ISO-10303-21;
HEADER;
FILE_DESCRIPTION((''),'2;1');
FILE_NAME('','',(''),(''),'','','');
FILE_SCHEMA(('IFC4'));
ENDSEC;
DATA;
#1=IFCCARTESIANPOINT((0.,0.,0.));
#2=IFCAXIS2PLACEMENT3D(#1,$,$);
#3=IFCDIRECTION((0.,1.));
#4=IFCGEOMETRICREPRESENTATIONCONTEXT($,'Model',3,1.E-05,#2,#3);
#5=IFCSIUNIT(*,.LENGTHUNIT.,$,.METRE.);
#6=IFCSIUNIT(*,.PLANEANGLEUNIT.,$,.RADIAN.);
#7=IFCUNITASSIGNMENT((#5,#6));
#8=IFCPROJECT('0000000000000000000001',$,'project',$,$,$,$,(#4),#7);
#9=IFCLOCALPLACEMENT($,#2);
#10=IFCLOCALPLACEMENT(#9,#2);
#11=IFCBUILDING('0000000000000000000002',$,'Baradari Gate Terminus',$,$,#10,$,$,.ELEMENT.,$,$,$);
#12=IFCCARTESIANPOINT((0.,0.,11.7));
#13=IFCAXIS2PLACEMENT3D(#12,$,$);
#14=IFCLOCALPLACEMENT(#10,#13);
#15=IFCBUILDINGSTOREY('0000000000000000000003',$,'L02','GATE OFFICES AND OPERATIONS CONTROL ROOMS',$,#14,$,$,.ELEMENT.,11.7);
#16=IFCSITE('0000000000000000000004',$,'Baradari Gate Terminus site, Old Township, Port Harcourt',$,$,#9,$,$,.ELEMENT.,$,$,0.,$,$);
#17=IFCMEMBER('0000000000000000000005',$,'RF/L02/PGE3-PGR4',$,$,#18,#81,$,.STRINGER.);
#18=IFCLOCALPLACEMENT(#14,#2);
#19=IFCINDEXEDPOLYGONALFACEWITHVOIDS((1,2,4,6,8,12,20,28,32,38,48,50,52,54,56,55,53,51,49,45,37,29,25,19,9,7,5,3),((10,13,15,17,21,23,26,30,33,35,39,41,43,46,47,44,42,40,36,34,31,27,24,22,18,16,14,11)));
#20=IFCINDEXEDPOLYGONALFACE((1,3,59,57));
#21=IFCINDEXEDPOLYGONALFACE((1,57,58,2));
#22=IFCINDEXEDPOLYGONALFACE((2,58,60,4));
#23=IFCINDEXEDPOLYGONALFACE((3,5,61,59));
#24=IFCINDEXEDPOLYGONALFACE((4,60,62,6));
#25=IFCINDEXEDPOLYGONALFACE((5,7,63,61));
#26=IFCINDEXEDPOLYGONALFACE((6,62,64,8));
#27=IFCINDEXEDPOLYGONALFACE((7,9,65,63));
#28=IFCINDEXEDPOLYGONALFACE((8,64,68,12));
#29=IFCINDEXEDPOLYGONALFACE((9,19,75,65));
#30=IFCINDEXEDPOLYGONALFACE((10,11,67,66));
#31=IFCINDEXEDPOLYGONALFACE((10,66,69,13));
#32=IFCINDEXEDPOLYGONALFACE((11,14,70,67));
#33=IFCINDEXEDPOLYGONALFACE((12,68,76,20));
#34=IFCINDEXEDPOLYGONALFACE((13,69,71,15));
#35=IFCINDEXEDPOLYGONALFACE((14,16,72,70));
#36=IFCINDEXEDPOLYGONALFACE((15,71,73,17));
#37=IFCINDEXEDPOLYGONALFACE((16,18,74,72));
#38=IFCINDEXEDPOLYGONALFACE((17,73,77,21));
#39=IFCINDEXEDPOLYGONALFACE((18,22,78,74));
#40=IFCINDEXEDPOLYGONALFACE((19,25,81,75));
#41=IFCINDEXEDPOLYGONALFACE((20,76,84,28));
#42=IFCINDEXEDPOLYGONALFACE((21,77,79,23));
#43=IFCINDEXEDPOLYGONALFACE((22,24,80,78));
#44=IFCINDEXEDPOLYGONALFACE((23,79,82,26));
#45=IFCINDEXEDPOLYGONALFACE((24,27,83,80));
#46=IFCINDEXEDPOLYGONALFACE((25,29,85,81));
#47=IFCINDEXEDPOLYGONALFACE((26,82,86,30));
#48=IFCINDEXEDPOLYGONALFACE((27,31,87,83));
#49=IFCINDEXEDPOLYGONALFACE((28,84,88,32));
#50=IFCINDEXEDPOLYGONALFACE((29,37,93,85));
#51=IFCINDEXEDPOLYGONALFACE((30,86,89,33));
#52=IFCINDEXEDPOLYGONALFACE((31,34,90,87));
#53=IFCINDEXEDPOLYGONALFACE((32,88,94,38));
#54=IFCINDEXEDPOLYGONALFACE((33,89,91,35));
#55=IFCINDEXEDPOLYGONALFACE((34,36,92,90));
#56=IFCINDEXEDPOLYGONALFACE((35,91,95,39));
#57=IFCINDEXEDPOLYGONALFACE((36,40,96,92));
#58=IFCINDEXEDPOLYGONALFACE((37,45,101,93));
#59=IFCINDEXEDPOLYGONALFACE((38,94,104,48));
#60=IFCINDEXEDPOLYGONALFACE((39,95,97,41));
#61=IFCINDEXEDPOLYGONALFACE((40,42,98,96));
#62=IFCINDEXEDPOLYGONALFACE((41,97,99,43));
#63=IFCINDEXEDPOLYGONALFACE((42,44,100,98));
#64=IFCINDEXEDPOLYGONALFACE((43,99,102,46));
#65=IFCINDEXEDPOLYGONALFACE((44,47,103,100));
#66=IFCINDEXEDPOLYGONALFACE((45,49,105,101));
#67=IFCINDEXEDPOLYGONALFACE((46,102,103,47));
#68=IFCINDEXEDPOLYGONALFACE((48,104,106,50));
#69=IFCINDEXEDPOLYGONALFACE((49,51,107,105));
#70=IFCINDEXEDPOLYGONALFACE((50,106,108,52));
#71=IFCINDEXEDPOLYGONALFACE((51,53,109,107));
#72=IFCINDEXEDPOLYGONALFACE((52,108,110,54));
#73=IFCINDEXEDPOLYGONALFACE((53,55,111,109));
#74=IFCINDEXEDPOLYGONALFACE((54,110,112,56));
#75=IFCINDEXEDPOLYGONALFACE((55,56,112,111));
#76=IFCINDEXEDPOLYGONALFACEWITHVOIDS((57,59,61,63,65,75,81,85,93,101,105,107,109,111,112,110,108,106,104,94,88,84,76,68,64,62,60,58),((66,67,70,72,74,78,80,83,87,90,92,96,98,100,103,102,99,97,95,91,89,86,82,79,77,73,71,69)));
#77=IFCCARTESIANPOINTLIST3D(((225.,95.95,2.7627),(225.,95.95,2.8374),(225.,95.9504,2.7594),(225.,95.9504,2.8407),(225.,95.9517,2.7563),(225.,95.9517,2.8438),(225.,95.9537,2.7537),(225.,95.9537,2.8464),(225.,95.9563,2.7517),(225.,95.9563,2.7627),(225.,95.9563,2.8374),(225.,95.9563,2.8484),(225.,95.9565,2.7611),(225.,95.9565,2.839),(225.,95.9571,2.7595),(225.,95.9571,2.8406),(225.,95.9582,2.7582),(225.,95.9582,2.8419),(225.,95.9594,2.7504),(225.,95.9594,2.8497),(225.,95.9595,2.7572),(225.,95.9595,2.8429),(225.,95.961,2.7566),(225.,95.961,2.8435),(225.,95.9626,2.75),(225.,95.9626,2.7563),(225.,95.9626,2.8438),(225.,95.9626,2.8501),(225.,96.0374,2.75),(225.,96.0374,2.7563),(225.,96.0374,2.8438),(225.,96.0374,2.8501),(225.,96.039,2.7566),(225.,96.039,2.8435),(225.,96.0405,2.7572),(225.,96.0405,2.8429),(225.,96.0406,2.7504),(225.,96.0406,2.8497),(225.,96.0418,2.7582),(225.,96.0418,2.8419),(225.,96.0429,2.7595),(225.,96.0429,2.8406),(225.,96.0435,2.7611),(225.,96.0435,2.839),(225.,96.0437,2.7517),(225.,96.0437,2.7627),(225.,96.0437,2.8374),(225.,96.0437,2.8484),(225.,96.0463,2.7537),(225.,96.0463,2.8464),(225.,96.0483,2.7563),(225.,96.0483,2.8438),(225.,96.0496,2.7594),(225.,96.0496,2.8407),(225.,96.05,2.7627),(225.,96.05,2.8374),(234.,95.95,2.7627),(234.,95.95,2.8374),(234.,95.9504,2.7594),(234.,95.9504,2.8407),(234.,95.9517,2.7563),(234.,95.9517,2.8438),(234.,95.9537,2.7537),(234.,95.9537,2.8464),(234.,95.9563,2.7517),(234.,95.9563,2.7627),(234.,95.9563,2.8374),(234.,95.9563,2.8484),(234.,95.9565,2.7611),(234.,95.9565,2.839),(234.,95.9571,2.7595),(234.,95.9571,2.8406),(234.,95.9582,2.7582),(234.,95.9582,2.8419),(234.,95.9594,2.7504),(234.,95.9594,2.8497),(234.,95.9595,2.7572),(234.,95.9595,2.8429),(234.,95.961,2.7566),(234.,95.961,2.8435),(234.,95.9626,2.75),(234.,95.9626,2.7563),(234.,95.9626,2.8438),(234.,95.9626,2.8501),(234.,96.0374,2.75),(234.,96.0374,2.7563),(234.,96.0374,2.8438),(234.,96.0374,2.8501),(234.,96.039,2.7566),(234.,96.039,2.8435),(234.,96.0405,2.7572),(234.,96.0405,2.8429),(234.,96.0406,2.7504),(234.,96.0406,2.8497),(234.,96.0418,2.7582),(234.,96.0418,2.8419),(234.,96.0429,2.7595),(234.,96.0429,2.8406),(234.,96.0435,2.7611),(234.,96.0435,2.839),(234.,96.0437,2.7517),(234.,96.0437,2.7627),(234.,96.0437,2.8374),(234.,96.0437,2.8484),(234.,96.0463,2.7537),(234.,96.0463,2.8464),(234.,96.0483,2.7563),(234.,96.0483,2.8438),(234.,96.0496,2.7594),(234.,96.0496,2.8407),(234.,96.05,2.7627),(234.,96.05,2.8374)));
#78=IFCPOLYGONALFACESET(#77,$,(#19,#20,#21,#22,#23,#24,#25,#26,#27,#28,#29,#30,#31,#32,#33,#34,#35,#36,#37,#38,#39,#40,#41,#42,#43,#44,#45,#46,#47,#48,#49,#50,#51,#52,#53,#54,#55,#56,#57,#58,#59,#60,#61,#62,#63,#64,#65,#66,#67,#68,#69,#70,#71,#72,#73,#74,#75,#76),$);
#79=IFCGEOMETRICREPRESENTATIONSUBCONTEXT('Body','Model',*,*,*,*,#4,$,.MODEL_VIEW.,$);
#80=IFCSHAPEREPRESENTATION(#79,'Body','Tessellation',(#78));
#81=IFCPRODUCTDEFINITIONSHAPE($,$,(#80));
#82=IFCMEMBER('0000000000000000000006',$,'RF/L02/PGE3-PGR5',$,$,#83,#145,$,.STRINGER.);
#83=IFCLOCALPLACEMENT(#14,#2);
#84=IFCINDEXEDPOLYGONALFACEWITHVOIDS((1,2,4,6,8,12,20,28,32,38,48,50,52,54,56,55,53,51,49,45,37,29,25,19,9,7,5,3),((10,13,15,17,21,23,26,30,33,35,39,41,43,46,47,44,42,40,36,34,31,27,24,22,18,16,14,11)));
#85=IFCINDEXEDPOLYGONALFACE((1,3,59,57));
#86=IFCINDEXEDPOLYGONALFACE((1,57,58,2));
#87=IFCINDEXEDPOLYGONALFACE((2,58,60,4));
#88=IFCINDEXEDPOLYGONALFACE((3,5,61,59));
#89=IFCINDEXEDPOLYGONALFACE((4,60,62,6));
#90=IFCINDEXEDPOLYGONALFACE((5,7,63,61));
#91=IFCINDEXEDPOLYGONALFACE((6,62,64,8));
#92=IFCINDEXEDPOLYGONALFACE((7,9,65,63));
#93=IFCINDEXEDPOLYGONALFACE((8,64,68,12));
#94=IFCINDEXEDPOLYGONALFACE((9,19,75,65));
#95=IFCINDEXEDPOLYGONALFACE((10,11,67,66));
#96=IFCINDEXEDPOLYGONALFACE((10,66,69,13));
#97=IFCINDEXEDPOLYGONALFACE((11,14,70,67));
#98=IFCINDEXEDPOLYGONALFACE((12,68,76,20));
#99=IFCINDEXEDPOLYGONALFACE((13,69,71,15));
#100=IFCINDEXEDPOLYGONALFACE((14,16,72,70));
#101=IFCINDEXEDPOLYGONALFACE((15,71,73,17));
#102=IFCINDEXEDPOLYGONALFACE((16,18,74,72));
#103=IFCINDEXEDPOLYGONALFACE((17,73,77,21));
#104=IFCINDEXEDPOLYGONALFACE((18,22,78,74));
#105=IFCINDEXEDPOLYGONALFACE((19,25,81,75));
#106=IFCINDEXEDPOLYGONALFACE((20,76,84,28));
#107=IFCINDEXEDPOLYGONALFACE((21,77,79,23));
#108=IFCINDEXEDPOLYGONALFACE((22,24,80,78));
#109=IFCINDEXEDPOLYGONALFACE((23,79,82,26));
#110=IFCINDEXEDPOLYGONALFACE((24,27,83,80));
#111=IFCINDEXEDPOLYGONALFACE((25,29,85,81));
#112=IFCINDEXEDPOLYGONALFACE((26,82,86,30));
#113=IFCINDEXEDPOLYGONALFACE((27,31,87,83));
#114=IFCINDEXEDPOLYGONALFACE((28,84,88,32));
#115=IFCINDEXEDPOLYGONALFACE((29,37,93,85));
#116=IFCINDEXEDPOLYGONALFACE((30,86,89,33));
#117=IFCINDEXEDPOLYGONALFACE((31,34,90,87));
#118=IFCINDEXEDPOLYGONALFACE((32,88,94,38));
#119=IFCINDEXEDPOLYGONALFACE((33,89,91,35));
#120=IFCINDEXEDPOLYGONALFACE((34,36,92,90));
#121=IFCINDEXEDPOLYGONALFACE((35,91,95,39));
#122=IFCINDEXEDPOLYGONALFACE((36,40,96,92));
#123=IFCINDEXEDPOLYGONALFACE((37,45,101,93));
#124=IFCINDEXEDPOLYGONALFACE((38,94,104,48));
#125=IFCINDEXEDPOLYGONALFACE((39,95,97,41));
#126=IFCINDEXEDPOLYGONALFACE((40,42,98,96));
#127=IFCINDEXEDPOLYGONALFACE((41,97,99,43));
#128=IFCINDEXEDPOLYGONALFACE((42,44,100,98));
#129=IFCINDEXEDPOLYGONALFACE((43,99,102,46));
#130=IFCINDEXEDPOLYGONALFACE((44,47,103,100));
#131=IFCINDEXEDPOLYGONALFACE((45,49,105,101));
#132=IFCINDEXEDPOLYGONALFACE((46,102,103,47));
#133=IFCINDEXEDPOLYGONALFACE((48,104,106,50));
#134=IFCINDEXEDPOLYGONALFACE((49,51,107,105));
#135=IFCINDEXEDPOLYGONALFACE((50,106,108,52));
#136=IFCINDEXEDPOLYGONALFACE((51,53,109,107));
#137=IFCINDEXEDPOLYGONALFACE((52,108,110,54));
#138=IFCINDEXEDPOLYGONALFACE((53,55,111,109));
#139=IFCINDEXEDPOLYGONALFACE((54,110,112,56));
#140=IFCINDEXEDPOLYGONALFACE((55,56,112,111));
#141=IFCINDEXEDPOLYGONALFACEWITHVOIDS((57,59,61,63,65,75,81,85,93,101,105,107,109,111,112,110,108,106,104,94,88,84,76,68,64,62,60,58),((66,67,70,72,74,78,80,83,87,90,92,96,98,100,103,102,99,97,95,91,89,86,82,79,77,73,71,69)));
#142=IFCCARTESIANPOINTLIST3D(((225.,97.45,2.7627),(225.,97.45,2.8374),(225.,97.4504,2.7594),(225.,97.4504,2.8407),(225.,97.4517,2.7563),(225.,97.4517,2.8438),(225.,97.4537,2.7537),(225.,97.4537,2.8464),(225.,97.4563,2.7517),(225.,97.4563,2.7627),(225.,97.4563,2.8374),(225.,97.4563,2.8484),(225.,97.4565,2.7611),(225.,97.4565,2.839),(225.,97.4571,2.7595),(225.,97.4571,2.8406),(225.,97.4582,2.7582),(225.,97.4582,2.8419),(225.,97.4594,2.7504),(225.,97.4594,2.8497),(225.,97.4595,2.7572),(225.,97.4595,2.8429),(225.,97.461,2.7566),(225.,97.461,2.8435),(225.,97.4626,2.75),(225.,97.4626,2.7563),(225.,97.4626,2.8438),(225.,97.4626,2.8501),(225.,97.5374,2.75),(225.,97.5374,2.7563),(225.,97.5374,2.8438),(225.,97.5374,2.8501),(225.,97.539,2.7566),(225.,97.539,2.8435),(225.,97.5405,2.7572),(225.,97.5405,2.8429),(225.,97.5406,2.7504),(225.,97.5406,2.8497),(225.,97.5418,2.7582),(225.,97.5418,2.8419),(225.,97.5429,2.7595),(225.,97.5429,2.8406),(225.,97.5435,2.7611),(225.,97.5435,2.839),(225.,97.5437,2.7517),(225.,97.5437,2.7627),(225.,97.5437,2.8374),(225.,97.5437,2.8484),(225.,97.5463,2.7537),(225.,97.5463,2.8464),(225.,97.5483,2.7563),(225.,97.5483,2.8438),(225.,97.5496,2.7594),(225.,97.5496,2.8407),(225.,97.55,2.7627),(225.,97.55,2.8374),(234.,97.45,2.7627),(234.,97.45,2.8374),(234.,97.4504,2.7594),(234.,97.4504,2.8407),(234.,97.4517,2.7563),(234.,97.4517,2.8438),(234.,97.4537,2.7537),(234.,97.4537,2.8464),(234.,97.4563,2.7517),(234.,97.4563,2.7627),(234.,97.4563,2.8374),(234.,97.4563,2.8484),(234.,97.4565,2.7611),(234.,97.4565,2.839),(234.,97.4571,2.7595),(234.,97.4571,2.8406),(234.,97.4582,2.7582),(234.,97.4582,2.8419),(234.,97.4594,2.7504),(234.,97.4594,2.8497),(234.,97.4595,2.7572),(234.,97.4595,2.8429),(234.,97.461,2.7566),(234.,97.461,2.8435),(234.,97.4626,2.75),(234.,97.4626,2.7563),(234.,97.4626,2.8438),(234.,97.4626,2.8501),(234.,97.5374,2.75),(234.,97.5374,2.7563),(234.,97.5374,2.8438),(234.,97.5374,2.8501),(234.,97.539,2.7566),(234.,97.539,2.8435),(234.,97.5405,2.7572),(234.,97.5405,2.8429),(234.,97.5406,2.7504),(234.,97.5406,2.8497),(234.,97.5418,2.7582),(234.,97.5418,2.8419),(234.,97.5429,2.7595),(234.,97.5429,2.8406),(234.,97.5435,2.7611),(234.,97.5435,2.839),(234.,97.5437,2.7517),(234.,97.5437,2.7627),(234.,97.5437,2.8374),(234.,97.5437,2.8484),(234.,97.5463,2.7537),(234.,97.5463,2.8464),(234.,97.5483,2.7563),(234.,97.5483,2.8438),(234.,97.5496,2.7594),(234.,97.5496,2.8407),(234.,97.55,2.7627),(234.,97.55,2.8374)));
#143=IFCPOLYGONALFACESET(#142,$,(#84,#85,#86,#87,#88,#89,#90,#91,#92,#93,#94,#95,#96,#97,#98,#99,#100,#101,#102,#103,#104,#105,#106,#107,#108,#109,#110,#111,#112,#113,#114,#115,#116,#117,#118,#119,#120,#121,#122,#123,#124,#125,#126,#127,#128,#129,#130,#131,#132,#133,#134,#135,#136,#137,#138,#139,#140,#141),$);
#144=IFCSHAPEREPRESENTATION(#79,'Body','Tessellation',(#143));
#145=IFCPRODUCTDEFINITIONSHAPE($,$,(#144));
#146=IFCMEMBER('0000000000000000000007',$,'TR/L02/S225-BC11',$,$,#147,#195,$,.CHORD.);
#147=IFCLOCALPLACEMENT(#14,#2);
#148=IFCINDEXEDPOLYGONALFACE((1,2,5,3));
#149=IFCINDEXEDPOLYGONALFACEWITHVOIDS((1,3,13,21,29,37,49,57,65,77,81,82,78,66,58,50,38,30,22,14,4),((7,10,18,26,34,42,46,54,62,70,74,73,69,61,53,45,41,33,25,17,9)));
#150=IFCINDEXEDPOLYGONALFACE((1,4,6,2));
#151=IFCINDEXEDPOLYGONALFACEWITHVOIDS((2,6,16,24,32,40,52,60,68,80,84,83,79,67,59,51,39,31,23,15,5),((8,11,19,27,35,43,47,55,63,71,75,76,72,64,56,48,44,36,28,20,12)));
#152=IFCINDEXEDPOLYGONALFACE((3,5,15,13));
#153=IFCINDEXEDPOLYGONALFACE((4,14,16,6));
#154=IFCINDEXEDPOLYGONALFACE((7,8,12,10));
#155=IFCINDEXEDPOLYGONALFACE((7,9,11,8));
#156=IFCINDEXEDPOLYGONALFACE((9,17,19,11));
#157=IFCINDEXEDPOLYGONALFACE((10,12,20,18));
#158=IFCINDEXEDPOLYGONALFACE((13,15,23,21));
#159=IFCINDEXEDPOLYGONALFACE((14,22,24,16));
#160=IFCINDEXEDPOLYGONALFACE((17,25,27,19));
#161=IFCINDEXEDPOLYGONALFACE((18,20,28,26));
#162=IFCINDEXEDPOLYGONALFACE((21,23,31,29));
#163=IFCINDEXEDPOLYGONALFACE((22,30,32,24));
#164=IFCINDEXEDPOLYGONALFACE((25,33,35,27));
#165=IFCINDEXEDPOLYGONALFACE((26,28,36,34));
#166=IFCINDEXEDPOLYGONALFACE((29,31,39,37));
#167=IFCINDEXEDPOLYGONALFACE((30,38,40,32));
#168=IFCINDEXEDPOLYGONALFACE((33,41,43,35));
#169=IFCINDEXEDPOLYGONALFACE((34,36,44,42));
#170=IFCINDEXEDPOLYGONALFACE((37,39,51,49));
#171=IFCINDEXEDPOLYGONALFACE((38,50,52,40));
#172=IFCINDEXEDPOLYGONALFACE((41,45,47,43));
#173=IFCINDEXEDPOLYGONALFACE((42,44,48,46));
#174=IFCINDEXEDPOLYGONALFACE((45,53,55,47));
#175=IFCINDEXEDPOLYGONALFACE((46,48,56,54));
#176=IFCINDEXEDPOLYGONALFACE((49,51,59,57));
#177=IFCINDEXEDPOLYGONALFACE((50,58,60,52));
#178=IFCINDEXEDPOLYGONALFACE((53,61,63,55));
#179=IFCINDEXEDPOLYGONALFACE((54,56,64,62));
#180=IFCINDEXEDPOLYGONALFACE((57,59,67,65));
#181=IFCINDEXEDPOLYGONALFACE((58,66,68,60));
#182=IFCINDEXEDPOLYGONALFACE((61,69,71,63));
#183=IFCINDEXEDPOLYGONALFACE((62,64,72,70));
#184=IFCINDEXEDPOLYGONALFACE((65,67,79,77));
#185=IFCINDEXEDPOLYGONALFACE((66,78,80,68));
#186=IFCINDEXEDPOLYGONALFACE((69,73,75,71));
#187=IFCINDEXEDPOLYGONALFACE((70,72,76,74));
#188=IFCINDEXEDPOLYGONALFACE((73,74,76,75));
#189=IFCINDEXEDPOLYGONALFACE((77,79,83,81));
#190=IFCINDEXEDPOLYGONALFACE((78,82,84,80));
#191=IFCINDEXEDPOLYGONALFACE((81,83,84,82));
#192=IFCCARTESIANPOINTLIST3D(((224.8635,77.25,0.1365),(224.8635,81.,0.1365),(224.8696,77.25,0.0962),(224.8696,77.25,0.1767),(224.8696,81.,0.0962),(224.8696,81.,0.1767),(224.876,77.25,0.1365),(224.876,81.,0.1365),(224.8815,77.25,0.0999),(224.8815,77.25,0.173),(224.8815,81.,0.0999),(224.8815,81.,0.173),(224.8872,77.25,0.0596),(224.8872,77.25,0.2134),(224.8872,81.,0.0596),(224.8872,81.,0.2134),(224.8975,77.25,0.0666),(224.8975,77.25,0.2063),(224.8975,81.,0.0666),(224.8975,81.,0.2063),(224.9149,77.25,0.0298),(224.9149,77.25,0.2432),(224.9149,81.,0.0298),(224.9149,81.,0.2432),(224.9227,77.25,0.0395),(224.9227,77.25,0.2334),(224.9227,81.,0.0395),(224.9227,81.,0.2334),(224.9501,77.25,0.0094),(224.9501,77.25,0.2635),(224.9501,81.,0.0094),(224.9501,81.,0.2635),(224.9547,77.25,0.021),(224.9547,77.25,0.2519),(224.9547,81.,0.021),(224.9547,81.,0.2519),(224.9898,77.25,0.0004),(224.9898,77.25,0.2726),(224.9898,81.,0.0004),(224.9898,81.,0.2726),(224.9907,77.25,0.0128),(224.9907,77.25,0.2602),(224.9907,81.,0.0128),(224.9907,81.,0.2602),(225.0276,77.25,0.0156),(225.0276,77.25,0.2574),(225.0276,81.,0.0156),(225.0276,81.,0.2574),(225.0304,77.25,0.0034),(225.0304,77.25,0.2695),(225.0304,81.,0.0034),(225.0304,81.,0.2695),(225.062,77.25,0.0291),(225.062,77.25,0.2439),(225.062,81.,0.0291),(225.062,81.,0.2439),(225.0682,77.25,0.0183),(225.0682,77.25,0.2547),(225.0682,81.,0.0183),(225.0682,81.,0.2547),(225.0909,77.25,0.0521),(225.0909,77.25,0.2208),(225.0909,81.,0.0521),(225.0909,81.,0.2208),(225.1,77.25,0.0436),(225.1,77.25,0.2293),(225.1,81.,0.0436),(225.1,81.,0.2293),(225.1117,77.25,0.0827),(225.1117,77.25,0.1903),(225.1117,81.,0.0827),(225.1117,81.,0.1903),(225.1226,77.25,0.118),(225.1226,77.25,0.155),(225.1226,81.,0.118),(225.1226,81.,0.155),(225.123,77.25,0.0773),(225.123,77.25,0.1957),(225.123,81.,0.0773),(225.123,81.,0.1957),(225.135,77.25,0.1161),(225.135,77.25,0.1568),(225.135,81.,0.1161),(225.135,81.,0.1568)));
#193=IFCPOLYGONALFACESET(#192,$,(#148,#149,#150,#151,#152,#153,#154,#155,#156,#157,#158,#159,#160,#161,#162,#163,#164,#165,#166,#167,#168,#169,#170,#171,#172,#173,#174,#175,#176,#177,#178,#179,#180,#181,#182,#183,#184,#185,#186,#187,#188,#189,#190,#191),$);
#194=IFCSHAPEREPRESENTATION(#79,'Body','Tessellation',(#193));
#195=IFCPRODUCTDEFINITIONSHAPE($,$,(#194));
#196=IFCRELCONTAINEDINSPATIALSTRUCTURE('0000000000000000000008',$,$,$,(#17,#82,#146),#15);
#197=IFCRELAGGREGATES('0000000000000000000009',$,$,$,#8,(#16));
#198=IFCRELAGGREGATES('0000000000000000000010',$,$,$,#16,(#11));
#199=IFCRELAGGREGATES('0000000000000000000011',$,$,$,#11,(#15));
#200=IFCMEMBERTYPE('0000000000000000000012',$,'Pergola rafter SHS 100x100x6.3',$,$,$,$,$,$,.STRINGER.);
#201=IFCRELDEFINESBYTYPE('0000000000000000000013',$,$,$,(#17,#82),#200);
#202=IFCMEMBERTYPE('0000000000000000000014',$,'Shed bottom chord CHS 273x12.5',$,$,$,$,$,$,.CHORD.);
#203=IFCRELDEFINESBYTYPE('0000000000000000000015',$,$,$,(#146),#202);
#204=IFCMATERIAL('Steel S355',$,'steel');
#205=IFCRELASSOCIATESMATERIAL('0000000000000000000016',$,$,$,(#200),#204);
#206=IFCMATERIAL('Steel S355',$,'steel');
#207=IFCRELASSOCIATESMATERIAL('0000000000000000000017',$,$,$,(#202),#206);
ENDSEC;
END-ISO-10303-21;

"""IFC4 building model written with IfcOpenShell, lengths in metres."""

from ifc_helpers import new_model, si_unit, direction, frame, origin, origin_2d, place, context, subcontext, project, spatial, hollow_rectangle, hollow_circle, extrude, material, material_profile, profile_set, type_object, element, save


model = new_model("IFC4")

# Units and contexts
model_context = context("Model", 3, precision=1e-05, world=origin(), true_north=direction((0.0, 1.0)))
body_context = subcontext(model_context, "Body", "Model", "MODEL_VIEW")
ifc_project = project(units=[si_unit("LENGTHUNIT", "METRE"), si_unit("PLANEANGLEUNIT", "RADIAN")], contexts=[model_context])

# Site, building, storey
site_placement = place(None, origin())
site = spatial("IfcSite", under=ifc_project, at=site_placement, Name="Baradari Gate Terminus site, Old Township, Port Harcourt", CompositionType="ELEMENT", RefElevation=0.0)
building_placement = place(site_placement, origin())
building = spatial("IfcBuilding", under=site, at=building_placement, Name="Baradari Gate Terminus", CompositionType="ELEMENT")
storey_placement = place(building_placement, frame((0.0, 0.0, 11.7)))
storey = spatial("IfcBuildingStorey", under=building, at=storey_placement, Name="L02", Description="GATE OFFICES AND OPERATIONS CONTROL ROOMS", CompositionType="ELEMENT", Elevation=11.7)

# Members
ifc_material_1 = material(Name="Steel S355", Category="steel")
ifc_material_profile_1 = material_profile(ifc_material_1, hollow_rectangle(XDim=0.1001, YDim=0.1001, WallThickness=0.0063, InnerFilletRadius=0.0063, OuterFilletRadius=0.0127, at=origin_2d()), Name="SHS 100x100x6.3")
ifc_profile_set_1 = profile_set([ifc_material_profile_1], Name="Steel S355")
member_type_1 = type_object("IfcMemberType", Name="Pergola rafter SHS 100x100x6.3", PredefinedType="STRINGER", material=ifc_profile_set_1)
for number, where, z_axis, x_axis, name in (
    (1, (225.0, 96.0, 2.8), (1.0, 0.0, 0.0), (0.0, 1.0, 0.0), "RF/L02/PGE3-PGR4"),
    (2, (225.0, 97.5, 2.8), (1.0, 0.0, 0.0), (0.0, 1.0, 0.0), "RF/L02/PGE3-PGR5"),
):
    element("IfcMember", number, at=place(storey_placement, frame(where, z_axis=z_axis, x_axis=x_axis)), inside=storey, type_object=member_type_1, Name=name, PredefinedType="STRINGER", context=body_context, shape_type="SweptSolid", body=[
        extrude(hollow_rectangle(XDim=0.1001, YDim=0.1001, WallThickness=0.0063, InnerFilletRadius=0.0063, OuterFilletRadius=0.0127, at=origin_2d()), origin(), (0.0, 0.0, 1.0), 9.0),
    ])
ifc_material_2 = material(Name="Steel S355", Category="steel")
ifc_material_profile_2 = material_profile(ifc_material_2, hollow_circle(Radius=0.1365, WallThickness=0.0125, at=origin_2d()), Name="CHS 273x12.5")
ifc_profile_set_2 = profile_set([ifc_material_profile_2], Name="Steel S355")
member_type_2 = type_object("IfcMemberType", Name="Shed bottom chord CHS 273x12.5", PredefinedType="CHORD", material=ifc_profile_set_2)
member_1_placement = place(storey_placement, frame((225.0, 77.25, 0.1365), z_axis=(0.0, 1.0, 0.0), x_axis=(-1.0, 0.0, 0.0)))
element("IfcMember", 3, at=member_1_placement, inside=storey, type_object=member_type_2, Name="TR/L02/S225-BC11", PredefinedType="CHORD", context=body_context, shape_type="SweptSolid", body=[
    extrude(hollow_circle(Radius=0.1365, WallThickness=0.0125, at=origin_2d()), origin(), (0.0, 0.0, 1.0), 3.75),
])

save(model, "model.ifc")
